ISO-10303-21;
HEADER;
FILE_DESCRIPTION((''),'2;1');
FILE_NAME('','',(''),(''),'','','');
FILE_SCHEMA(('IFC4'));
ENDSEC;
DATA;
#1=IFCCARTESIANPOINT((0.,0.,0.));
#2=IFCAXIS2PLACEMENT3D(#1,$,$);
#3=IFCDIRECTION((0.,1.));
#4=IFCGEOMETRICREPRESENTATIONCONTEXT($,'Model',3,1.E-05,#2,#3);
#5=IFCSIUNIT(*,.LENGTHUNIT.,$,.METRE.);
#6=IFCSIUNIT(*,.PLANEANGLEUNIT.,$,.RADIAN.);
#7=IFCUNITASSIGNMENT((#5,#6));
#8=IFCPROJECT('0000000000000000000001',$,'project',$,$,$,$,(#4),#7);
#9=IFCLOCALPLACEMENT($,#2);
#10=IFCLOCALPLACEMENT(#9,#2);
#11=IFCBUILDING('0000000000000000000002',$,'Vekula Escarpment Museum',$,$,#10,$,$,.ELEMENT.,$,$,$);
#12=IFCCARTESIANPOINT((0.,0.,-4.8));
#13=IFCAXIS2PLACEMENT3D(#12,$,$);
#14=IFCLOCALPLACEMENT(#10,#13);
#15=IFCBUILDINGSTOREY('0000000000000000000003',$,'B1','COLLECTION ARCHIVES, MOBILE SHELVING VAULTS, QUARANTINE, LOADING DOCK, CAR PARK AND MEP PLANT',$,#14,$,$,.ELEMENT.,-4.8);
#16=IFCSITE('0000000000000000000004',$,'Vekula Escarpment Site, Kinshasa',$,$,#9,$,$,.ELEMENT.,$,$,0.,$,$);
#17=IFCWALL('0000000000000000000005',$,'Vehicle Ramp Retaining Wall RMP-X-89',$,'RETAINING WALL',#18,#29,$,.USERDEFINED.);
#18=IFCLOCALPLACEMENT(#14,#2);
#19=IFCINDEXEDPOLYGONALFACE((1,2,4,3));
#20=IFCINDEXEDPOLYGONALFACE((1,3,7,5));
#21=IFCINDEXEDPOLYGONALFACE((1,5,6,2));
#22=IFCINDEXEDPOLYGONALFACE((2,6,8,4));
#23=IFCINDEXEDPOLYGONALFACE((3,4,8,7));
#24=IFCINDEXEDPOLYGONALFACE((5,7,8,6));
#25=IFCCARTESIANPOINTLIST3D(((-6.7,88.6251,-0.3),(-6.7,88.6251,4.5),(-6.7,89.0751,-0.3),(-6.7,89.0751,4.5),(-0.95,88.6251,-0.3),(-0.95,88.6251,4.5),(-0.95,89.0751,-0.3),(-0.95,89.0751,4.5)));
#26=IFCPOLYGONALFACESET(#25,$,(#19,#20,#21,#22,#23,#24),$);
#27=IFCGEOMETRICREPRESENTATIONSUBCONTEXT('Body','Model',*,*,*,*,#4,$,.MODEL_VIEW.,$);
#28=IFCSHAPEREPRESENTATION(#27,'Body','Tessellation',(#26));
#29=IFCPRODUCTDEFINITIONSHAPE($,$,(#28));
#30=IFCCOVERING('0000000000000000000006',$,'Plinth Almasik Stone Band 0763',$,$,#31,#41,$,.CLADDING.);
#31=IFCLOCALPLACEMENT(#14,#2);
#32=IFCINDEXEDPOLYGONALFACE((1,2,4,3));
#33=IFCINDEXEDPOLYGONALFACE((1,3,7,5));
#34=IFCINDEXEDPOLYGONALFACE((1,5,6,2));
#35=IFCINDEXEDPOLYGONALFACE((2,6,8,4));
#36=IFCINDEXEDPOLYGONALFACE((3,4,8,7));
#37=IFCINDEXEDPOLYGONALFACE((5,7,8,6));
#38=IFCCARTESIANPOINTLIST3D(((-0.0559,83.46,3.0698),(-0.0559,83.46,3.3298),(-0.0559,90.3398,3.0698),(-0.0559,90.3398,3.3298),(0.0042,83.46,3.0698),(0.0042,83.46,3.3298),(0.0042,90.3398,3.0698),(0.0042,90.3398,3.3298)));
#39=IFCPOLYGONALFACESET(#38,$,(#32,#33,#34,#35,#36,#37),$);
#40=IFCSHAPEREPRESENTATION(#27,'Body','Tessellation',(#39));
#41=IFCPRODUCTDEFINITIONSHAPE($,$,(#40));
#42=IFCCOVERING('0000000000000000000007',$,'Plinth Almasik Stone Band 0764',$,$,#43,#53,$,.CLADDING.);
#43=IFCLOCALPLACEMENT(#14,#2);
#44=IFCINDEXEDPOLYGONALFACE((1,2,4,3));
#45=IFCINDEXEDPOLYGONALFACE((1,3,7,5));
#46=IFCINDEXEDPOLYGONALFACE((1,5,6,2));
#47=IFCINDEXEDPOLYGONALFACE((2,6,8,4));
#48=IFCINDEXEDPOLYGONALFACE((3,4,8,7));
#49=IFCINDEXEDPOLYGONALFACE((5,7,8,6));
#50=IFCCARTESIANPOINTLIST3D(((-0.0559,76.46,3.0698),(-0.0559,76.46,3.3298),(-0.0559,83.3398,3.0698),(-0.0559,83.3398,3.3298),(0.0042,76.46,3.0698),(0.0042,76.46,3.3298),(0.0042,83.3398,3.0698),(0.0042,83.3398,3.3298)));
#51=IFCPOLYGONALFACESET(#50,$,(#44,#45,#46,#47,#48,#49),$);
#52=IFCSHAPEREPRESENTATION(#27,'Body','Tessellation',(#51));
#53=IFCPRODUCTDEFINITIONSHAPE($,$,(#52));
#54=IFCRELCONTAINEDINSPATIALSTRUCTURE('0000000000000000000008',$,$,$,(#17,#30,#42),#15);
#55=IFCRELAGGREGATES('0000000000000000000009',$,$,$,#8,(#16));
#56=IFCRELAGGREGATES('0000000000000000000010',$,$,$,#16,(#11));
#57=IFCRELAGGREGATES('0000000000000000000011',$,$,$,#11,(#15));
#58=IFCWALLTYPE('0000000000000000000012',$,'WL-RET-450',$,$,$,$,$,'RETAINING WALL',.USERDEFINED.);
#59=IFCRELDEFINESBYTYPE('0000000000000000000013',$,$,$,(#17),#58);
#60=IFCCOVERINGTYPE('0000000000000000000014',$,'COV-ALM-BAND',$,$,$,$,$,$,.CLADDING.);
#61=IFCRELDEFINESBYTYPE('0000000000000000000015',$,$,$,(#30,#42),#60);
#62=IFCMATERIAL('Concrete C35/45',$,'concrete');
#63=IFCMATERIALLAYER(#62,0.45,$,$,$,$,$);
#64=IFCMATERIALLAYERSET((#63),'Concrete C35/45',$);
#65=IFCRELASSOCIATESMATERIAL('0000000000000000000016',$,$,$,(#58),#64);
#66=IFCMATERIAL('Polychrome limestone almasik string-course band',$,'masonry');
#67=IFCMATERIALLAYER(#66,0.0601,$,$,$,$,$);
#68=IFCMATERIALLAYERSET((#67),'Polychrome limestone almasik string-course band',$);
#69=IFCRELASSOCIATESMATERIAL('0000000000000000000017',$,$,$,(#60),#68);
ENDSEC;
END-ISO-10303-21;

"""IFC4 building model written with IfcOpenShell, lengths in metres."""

from ifc_helpers import new_model, si_unit, direction, frame, frame_2d, origin, origin_2d, place, context, subcontext, project, spatial, rectangle, extrude, material, layer, layer_set, type_object, element, save


model = new_model("IFC4")

# Units and contexts
model_context = context("Model", 3, precision=1e-05, world=origin(), true_north=direction((0.0, 1.0)))
body_context = subcontext(model_context, "Body", "Model", "MODEL_VIEW")
ifc_project = project(units=[si_unit("LENGTHUNIT", "METRE"), si_unit("PLANEANGLEUNIT", "RADIAN")], contexts=[model_context])

# Site, building, storey
site_placement = place(None, origin())
site = spatial("IfcSite", under=ifc_project, at=site_placement, Name="Vekula Escarpment Site, Kinshasa", CompositionType="ELEMENT", RefElevation=0.0)
building_placement = place(site_placement, origin())
building = spatial("IfcBuilding", under=site, at=building_placement, Name="Vekula Escarpment Museum", CompositionType="ELEMENT")
storey_placement = place(building_placement, frame((0.0, 0.0, -4.8)))
storey = spatial("IfcBuildingStorey", under=building, at=storey_placement, Name="B1", Description="COLLECTION ARCHIVES, MOBILE SHELVING VAULTS, QUARANTINE, LOADING DOCK, CAR PARK AND MEP PLANT", CompositionType="ELEMENT", Elevation=-4.8)

# Wall
ifc_material_1 = material(Name="Concrete C35/45", Category="concrete")
ifc_layer_1 = layer(ifc_material_1, 0.45)
ifc_layer_set_1 = layer_set([ifc_layer_1], Name="Concrete C35/45")
wall_type_1 = type_object("IfcWallType", Name="WL-RET-450", ElementType="RETAINING WALL", PredefinedType="USERDEFINED", material=ifc_layer_set_1)
wall_1_placement = place(storey_placement, frame((-6.7, 88.8501, -0.3), z_axis=(0.0, 0.0, 1.0), x_axis=(1.0, 0.0, 0.0)))
element("IfcWall", 1, at=wall_1_placement, inside=storey, type_object=wall_type_1, Name="Vehicle Ramp Retaining Wall RMP-X-89", ObjectType="RETAINING WALL", PredefinedType="USERDEFINED", context=body_context, shape_type="SweptSolid", body=[
    extrude(rectangle(XDim=5.75, YDim=0.45, at=frame_2d((2.875, 0.0))), origin(), (0.0, 0.0, 1.0), 4.8),
])

# Coverings
ifc_material_2 = material(Name="Polychrome limestone almasik string-course band", Category="masonry")
ifc_layer_2 = layer(ifc_material_2, 0.0601)
ifc_layer_set_2 = layer_set([ifc_layer_2], Name="Polychrome limestone almasik string-course band")
covering_type = type_object("IfcCoveringType", Name="COV-ALM-BAND", PredefinedType="CLADDING", material=ifc_layer_set_2)
for number, where, z_axis, x_axis, name in (
    (2, (-0.0259, 86.8999, 3.0698), (0.0, 0.0, 1.0), (0.0, 1.0, 0.0), "Plinth Almasik Stone Band 0763"),
    (3, (-0.0259, 79.8999, 3.0698), (0.0, 0.0, 1.0), (0.0, 1.0, 0.0), "Plinth Almasik Stone Band 0764"),
):
    element("IfcCovering", number, at=place(storey_placement, frame(where, z_axis=z_axis, x_axis=x_axis)), inside=storey, type_object=covering_type, Name=name, PredefinedType="CLADDING", context=body_context, shape_type="SweptSolid", body=[
        extrude(rectangle(XDim=6.8799, YDim=0.0601, at=origin_2d()), origin(), (0.0, 0.0, 1.0), 0.26),
    ])

save(model, "model.ifc")
